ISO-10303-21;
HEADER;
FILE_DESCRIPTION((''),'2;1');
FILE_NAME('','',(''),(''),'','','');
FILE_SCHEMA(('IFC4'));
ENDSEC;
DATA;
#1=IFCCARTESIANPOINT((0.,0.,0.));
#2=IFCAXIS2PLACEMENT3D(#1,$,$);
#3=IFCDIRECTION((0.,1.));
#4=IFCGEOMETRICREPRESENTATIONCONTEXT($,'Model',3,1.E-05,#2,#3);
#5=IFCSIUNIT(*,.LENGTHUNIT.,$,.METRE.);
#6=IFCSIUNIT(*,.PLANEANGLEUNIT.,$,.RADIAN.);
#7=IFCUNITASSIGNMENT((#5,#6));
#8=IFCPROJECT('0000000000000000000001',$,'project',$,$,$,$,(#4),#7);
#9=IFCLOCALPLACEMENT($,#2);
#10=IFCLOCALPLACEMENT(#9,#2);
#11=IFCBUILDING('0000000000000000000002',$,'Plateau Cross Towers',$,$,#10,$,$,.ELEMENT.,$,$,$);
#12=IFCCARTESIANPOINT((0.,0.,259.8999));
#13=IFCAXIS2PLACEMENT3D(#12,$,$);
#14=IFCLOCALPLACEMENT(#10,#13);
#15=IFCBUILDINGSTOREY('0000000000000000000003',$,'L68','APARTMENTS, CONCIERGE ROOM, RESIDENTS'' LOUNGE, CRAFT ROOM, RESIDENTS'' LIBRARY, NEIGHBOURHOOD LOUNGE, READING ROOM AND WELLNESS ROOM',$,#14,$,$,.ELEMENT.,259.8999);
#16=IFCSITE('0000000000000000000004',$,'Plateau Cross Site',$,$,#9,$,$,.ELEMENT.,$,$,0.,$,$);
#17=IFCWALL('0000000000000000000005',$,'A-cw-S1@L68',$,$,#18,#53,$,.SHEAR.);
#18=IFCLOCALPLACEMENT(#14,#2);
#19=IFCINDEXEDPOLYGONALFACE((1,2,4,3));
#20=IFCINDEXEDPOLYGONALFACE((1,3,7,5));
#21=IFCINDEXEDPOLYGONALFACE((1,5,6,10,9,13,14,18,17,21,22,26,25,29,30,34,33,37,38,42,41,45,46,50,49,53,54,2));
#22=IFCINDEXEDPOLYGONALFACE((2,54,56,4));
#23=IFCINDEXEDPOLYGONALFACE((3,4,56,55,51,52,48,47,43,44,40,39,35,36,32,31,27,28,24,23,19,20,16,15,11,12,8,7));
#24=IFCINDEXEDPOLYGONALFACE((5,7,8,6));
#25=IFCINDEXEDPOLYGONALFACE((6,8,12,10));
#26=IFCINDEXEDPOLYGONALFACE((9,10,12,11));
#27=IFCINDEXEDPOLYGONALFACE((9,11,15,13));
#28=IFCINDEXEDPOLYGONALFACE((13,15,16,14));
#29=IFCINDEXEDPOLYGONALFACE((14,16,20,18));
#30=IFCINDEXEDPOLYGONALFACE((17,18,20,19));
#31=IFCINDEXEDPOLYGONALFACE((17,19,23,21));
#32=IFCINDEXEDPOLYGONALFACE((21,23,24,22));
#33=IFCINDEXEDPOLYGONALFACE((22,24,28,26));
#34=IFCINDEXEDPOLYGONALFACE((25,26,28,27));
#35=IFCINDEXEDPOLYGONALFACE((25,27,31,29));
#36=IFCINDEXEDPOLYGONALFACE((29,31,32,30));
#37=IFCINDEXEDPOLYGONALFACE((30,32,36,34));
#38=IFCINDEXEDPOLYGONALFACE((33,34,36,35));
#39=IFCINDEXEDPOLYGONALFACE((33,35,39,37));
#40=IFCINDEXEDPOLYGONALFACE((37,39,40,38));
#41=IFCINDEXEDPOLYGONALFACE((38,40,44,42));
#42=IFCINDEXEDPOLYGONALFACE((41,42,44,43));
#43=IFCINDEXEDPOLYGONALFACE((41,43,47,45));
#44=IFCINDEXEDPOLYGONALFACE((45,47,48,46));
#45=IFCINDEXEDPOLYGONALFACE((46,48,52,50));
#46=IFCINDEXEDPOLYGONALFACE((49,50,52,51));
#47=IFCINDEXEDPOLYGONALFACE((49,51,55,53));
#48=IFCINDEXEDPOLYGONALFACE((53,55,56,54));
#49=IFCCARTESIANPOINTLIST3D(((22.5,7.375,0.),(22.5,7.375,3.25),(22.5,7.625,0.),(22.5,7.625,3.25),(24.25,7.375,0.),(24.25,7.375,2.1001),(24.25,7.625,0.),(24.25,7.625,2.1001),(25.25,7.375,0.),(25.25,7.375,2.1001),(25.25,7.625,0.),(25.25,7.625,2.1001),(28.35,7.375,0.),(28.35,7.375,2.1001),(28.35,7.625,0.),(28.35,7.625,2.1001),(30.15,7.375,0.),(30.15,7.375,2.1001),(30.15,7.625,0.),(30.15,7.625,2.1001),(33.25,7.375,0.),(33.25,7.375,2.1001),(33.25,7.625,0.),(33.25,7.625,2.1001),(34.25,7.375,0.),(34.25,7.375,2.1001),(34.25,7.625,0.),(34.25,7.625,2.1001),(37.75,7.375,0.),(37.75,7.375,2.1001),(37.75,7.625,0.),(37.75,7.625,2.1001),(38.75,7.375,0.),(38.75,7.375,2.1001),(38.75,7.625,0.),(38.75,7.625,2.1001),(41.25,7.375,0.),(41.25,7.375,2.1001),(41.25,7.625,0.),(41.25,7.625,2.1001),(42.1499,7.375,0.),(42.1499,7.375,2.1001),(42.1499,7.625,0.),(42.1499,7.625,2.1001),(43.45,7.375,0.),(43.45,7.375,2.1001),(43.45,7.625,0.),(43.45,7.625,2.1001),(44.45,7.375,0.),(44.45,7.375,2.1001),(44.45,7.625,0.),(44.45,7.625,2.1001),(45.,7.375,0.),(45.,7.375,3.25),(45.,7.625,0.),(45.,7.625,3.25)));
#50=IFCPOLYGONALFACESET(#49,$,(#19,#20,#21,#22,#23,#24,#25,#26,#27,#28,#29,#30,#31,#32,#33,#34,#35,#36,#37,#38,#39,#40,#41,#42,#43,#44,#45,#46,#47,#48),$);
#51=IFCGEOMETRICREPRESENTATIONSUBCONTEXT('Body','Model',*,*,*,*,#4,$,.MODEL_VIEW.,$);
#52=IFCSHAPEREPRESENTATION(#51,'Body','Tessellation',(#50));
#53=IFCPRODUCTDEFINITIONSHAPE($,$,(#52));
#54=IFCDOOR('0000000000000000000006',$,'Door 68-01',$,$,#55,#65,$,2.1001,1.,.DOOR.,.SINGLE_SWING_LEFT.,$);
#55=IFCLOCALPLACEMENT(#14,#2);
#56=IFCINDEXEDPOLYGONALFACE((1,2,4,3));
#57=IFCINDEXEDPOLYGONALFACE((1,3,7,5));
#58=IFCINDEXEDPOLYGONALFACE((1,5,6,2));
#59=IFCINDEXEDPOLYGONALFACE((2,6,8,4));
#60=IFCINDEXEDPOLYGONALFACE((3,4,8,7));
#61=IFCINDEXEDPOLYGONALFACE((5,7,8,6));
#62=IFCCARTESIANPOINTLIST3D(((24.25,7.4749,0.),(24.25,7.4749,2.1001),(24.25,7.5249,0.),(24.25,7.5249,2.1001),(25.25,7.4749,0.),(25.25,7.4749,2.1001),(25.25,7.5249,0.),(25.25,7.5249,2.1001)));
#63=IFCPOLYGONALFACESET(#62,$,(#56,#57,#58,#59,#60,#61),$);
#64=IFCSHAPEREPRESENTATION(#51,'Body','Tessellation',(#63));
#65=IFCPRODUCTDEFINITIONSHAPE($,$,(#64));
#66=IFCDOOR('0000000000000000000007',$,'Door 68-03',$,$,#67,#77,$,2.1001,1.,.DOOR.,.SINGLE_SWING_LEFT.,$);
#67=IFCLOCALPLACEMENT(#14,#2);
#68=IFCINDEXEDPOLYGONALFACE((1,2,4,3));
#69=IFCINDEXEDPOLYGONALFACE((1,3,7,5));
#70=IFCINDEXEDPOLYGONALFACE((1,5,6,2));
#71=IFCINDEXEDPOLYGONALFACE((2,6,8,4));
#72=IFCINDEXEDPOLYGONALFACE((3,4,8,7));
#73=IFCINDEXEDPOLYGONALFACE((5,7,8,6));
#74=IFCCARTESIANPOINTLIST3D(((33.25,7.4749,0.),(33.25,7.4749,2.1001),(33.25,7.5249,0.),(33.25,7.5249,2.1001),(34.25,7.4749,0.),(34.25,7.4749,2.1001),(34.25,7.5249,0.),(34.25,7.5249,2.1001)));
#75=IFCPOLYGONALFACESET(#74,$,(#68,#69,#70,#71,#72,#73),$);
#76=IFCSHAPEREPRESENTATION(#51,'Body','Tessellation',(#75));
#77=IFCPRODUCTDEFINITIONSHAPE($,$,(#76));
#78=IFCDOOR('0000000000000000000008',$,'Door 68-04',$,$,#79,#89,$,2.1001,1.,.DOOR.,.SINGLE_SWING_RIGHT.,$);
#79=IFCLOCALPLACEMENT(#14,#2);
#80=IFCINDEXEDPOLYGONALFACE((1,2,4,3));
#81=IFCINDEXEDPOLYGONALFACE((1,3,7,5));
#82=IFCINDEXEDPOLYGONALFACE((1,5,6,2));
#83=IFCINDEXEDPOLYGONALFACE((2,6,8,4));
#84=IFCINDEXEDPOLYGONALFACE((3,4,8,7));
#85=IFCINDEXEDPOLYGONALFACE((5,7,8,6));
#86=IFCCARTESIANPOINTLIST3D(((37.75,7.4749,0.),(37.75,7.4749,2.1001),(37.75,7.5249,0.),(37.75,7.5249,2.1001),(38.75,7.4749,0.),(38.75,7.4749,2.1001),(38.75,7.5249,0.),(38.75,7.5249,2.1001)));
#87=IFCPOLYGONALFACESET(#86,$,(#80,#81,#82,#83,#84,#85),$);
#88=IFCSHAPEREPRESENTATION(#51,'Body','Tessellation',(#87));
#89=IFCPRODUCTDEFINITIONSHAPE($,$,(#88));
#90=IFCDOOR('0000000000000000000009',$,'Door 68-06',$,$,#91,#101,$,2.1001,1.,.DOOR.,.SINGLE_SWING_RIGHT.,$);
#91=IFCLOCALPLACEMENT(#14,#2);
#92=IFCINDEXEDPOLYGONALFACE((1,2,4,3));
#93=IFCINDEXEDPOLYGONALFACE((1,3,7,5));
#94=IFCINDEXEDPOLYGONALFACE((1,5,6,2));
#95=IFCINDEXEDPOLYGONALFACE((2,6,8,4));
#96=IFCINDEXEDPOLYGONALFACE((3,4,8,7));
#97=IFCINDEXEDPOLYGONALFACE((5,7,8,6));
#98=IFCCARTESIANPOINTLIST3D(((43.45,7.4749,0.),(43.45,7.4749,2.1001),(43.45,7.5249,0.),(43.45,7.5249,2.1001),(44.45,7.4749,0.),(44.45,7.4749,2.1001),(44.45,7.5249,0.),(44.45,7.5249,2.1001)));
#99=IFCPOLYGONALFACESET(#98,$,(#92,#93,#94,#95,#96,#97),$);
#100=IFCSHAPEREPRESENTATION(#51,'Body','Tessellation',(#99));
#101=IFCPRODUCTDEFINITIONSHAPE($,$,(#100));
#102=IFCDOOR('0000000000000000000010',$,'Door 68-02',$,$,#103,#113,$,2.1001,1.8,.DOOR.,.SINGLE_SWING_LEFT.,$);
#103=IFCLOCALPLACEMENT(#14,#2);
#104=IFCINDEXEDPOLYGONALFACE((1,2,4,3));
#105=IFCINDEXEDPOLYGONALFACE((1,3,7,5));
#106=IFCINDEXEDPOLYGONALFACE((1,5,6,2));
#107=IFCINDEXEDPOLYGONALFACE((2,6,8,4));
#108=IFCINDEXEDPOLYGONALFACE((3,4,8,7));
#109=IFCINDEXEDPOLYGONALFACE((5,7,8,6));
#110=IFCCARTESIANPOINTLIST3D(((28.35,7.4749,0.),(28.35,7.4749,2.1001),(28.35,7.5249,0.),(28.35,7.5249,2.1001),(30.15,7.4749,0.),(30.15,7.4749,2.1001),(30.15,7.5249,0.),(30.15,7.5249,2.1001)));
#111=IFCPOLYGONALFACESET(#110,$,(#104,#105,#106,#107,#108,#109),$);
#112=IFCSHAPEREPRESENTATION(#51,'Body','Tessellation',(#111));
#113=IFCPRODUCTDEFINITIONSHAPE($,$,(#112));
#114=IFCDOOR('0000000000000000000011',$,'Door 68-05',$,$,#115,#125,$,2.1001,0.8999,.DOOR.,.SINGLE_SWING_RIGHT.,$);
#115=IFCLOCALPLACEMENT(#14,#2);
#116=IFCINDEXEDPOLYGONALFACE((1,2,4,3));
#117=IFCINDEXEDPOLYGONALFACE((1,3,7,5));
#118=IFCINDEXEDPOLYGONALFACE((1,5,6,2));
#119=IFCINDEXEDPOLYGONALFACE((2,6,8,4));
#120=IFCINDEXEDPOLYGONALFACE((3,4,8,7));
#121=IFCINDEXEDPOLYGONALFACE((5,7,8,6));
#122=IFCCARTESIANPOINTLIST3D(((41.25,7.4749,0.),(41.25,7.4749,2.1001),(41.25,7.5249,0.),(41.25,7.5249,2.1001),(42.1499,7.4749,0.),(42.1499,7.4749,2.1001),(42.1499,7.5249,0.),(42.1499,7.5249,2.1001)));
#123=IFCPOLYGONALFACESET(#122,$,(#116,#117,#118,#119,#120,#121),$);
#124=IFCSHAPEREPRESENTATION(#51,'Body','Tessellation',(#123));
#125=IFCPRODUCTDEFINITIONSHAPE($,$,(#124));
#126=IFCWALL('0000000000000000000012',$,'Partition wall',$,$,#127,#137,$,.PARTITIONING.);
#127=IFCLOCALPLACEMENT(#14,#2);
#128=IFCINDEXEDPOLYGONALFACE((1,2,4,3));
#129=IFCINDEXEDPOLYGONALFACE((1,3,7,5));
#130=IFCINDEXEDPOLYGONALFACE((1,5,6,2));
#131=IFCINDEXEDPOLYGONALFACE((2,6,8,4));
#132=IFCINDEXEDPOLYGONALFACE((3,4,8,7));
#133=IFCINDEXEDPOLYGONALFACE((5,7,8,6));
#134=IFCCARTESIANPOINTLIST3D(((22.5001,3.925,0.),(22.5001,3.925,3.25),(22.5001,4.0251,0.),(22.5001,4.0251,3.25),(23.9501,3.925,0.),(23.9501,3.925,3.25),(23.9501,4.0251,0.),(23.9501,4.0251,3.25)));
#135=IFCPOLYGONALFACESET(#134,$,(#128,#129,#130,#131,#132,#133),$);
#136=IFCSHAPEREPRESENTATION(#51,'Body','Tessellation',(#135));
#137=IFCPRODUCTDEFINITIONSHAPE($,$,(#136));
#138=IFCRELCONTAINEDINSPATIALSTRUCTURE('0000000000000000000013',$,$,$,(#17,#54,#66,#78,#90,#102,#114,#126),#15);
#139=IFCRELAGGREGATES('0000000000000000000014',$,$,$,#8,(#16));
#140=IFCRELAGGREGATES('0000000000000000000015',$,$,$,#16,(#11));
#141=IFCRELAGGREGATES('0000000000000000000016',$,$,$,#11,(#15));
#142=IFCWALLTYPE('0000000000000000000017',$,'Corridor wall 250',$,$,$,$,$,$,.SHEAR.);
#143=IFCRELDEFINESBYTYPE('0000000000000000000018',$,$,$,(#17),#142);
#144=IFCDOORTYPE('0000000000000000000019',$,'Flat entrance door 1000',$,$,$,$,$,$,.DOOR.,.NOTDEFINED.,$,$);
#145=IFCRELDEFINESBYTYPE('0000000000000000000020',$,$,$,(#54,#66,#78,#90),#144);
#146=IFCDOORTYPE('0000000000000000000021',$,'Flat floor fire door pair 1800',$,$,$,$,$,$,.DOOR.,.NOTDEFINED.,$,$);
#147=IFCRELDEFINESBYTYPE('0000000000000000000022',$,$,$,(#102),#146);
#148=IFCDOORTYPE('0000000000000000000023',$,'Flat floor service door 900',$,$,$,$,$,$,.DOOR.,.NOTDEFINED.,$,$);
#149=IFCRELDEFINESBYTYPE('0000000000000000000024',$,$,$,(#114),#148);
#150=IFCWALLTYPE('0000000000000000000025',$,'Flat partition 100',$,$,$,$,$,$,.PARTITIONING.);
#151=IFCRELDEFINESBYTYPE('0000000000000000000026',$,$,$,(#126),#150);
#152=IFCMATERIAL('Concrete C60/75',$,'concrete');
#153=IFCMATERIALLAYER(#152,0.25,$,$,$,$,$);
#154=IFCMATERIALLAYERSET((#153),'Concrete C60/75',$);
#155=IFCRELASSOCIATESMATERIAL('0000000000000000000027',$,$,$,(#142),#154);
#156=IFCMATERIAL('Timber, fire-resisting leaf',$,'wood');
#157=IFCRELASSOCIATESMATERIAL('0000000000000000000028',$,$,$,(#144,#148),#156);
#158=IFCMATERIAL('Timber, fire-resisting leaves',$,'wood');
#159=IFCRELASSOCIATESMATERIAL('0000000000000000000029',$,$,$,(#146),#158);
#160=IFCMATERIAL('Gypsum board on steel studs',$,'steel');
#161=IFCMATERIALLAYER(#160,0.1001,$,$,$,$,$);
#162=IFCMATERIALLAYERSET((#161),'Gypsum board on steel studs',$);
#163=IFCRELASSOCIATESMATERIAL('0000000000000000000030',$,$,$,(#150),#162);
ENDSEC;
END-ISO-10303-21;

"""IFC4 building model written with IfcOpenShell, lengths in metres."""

from ifc_helpers import new_model, si_unit, direction, frame, frame_2d, origin, place, context, subcontext, project, spatial, rectangle, extrude, material, layer, layer_set, type_object, element, fill, save


model = new_model("IFC4")

# Units and contexts
model_context = context("Model", 3, precision=1e-05, world=origin(), true_north=direction((0.0, 1.0)))
body_context = subcontext(model_context, "Body", "Model", "MODEL_VIEW")
ifc_project = project(units=[si_unit("LENGTHUNIT", "METRE"), si_unit("PLANEANGLEUNIT", "RADIAN")], contexts=[model_context])

# Site, building, storey
site_placement = place(None, origin())
site = spatial("IfcSite", under=ifc_project, at=site_placement, Name="Plateau Cross Site", CompositionType="ELEMENT", RefElevation=0.0)
building_placement = place(site_placement, origin())
building = spatial("IfcBuilding", under=site, at=building_placement, Name="Plateau Cross Towers", CompositionType="ELEMENT")
storey_placement = place(building_placement, frame((0.0, 0.0, 259.8999)))
storey = spatial("IfcBuildingStorey", under=building, at=storey_placement, Name="L68", Description="APARTMENTS, CONCIERGE ROOM, RESIDENTS' LOUNGE, CRAFT ROOM, RESIDENTS' LIBRARY, NEIGHBOURHOOD LOUNGE, READING ROOM AND WELLNESS ROOM", CompositionType="ELEMENT", Elevation=259.8999)

# Shared definitions
ifc_material_1 = material(Name="Concrete C60/75", Category="concrete")

# Wall, openings, doors
ifc_layer_1 = layer(ifc_material_1, 0.25)
ifc_layer_set_1 = layer_set([ifc_layer_1], Name="Concrete C60/75")
wall_type_1 = type_object("IfcWallType", Name="Corridor wall 250", PredefinedType="SHEAR", material=ifc_layer_set_1)
wall_1_placement = place(storey_placement, frame((22.5, 7.5, 0.0), z_axis=(0.0, 0.0, 1.0), x_axis=(1.0, 0.0, 0.0)))
wall_1 = element("IfcWall", 1, at=wall_1_placement, inside=storey, type_object=wall_type_1, Name="A-cw-S1@L68", PredefinedType="SHEAR", context=body_context, shape_type="SweptSolid", body=[
    extrude(rectangle(XDim=22.5, YDim=0.25, at=frame_2d((11.25, 0.0))), origin(), (0.0, 0.0, 1.0), 3.25),
])
opening_1_placement = place(wall_1_placement, frame((1.75, 0.0, 0.0)))
opening_1 = element("IfcOpeningElement", 2, at=opening_1_placement, cuts=wall_1, PredefinedType="OPENING", context=body_context, shape_type="SweptSolid", body=[
    extrude(rectangle(XDim=1.0, YDim=2.1001, at=frame_2d((0.5, 1.05))), frame((0.0, 0.135, 0.0), z_axis=(0.0, -1.0, 0.0), x_axis=(1.0, 0.0, 0.0)), (0.0, 0.0, 1.0), 0.27),
])
opening_2_placement = place(wall_1_placement, frame((5.8501, 0.0, 0.0)))
opening_2 = element("IfcOpeningElement", 3, at=opening_2_placement, cuts=wall_1, PredefinedType="OPENING", context=body_context, shape_type="SweptSolid", body=[
    extrude(rectangle(XDim=1.8, YDim=2.1001, at=frame_2d((0.8999, 1.05))), frame((0.0, 0.135, 0.0), z_axis=(0.0, -1.0, 0.0), x_axis=(1.0, 0.0, 0.0)), (0.0, 0.0, 1.0), 0.27),
])
opening_3_placement = place(wall_1_placement, frame((10.75, 0.0, 0.0)))
opening_3 = element("IfcOpeningElement", 4, at=opening_3_placement, cuts=wall_1, PredefinedType="OPENING", context=body_context, shape_type="SweptSolid", body=[
    extrude(rectangle(XDim=1.0, YDim=2.1001, at=frame_2d((0.5, 1.05))), frame((0.0, 0.135, 0.0), z_axis=(0.0, -1.0, 0.0), x_axis=(1.0, 0.0, 0.0)), (0.0, 0.0, 1.0), 0.27),
])
opening_4_placement = place(wall_1_placement, frame((15.25, 0.0, 0.0)))
opening_4 = element("IfcOpeningElement", 5, at=opening_4_placement, cuts=wall_1, PredefinedType="OPENING", context=body_context, shape_type="SweptSolid", body=[
    extrude(rectangle(XDim=1.0, YDim=2.1001, at=frame_2d((0.5, 1.05))), frame((0.0, 0.135, 0.0), z_axis=(0.0, -1.0, 0.0), x_axis=(1.0, 0.0, 0.0)), (0.0, 0.0, 1.0), 0.27),
])
opening_5_placement = place(wall_1_placement, frame((18.75, 0.0, 0.0)))
opening_5 = element("IfcOpeningElement", 6, at=opening_5_placement, cuts=wall_1, PredefinedType="OPENING", context=body_context, shape_type="SweptSolid", body=[
    extrude(rectangle(XDim=0.8999, YDim=2.1001, at=frame_2d((0.45, 1.05))), frame((0.0, 0.135, 0.0), z_axis=(0.0, -1.0, 0.0), x_axis=(1.0, 0.0, 0.0)), (0.0, 0.0, 1.0), 0.27),
])
opening_6_placement = place(wall_1_placement, frame((20.95, 0.0, 0.0)))
opening_6 = element("IfcOpeningElement", 7, at=opening_6_placement, cuts=wall_1, PredefinedType="OPENING", context=body_context, shape_type="SweptSolid", body=[
    extrude(rectangle(XDim=1.0, YDim=2.1001, at=frame_2d((0.5, 1.05))), frame((0.0, 0.135, 0.0), z_axis=(0.0, -1.0, 0.0), x_axis=(1.0, 0.0, 0.0)), (0.0, 0.0, 1.0), 0.27),
])
ifc_material_2 = material(Name="Timber, fire-resisting leaf", Category="wood")
door_type_1 = type_object("IfcDoorType", Name="Flat entrance door 1000", OperationType="NOTDEFINED", PredefinedType="DOOR", material=ifc_material_2)
door_1_placement = place(opening_1_placement, origin())
door_1 = element("IfcDoor", 8, at=door_1_placement, inside=storey, type_object=door_type_1, Name="Door 68-01", OperationType="SINGLE_SWING_LEFT", OverallHeight=2.1001, OverallWidth=1.0, PredefinedType="DOOR", context=body_context, shape_type="SweptSolid", body=[
    extrude(rectangle(XDim=1.0, YDim=2.1001, at=frame_2d((0.5, 1.05))), frame((0.0, 0.0249, 0.0), z_axis=(0.0, -1.0, 0.0), x_axis=(1.0, 0.0, 0.0)), (0.0, 0.0, 1.0), 0.05),
])
fill(opening_1, door_1)
door_2_placement = place(opening_3_placement, origin())
door_2 = element("IfcDoor", 9, at=door_2_placement, inside=storey, type_object=door_type_1, Name="Door 68-03", OperationType="SINGLE_SWING_LEFT", OverallHeight=2.1001, OverallWidth=1.0, PredefinedType="DOOR", context=body_context, shape_type="SweptSolid", body=[
    extrude(rectangle(XDim=1.0, YDim=2.1001, at=frame_2d((0.5, 1.05))), frame((0.0, 0.0249, 0.0), z_axis=(0.0, -1.0, 0.0), x_axis=(1.0, 0.0, 0.0)), (0.0, 0.0, 1.0), 0.05),
])
fill(opening_3, door_2)
door_3_placement = place(opening_4_placement, origin())
door_3 = element("IfcDoor", 10, at=door_3_placement, inside=storey, type_object=door_type_1, Name="Door 68-04", OperationType="SINGLE_SWING_RIGHT", OverallHeight=2.1001, OverallWidth=1.0, PredefinedType="DOOR", context=body_context, shape_type="SweptSolid", body=[
    extrude(rectangle(XDim=1.0, YDim=2.1001, at=frame_2d((0.5, 1.05))), frame((0.0, 0.0249, 0.0), z_axis=(0.0, -1.0, 0.0), x_axis=(1.0, 0.0, 0.0)), (0.0, 0.0, 1.0), 0.05),
])
fill(opening_4, door_3)
door_4_placement = place(opening_6_placement, origin())
door_4 = element("IfcDoor", 11, at=door_4_placement, inside=storey, type_object=door_type_1, Name="Door 68-06", OperationType="SINGLE_SWING_RIGHT", OverallHeight=2.1001, OverallWidth=1.0, PredefinedType="DOOR", context=body_context, shape_type="SweptSolid", body=[
    extrude(rectangle(XDim=1.0, YDim=2.1001, at=frame_2d((0.5, 1.05))), frame((0.0, 0.0249, 0.0), z_axis=(0.0, -1.0, 0.0), x_axis=(1.0, 0.0, 0.0)), (0.0, 0.0, 1.0), 0.05),
])
fill(opening_6, door_4)
ifc_material_3 = material(Name="Timber, fire-resisting leaves", Category="wood")
door_type_2 = type_object("IfcDoorType", Name="Flat floor fire door pair 1800", OperationType="NOTDEFINED", PredefinedType="DOOR", material=ifc_material_3)
door_5_placement = place(opening_2_placement, origin())
door_5 = element("IfcDoor", 12, at=door_5_placement, inside=storey, type_object=door_type_2, Name="Door 68-02", OperationType="SINGLE_SWING_LEFT", OverallHeight=2.1001, OverallWidth=1.8, PredefinedType="DOOR", context=body_context, shape_type="SweptSolid", body=[
    extrude(rectangle(XDim=1.8, YDim=2.1001, at=frame_2d((0.8999, 1.05))), frame((0.0, 0.0249, 0.0), z_axis=(0.0, -1.0, 0.0), x_axis=(1.0, 0.0, 0.0)), (0.0, 0.0, 1.0), 0.05),
])
fill(opening_2, door_5)
door_type_3 = type_object("IfcDoorType", Name="Flat floor service door 900", OperationType="NOTDEFINED", PredefinedType="DOOR", material=ifc_material_2)
door_6_placement = place(opening_5_placement, origin())
door_6 = element("IfcDoor", 13, at=door_6_placement, inside=storey, type_object=door_type_3, Name="Door 68-05", OperationType="SINGLE_SWING_RIGHT", OverallHeight=2.1001, OverallWidth=0.8999, PredefinedType="DOOR", context=body_context, shape_type="SweptSolid", body=[
    extrude(rectangle(XDim=0.8999, YDim=2.1001, at=frame_2d((0.45, 1.05))), frame((0.0, 0.0249, 0.0), z_axis=(0.0, -1.0, 0.0), x_axis=(1.0, 0.0, 0.0)), (0.0, 0.0, 1.0), 0.05),
])
fill(opening_5, door_6)

# Wall
ifc_material_4 = material(Name="Gypsum board on steel studs", Category="steel")
ifc_layer_2 = layer(ifc_material_4, 0.1001)
ifc_layer_set_2 = layer_set([ifc_layer_2], Name="Gypsum board on steel studs")
wall_type_2 = type_object("IfcWallType", Name="Flat partition 100", PredefinedType="PARTITIONING", material=ifc_layer_set_2)
wall_2_placement = place(storey_placement, frame((22.5, 3.9751, 0.0), z_axis=(0.0, 0.0, 1.0), x_axis=(1.0, 0.0, 0.0)))
element("IfcWall", 14, at=wall_2_placement, inside=storey, type_object=wall_type_2, Name="Partition wall", PredefinedType="PARTITIONING", context=body_context, shape_type="SweptSolid", body=[
    extrude(rectangle(XDim=1.45, YDim=0.1001, at=frame_2d((0.7251, 0.0))), origin(), (0.0, 0.0, 1.0), 3.25),
])

save(model, "model.ifc")
